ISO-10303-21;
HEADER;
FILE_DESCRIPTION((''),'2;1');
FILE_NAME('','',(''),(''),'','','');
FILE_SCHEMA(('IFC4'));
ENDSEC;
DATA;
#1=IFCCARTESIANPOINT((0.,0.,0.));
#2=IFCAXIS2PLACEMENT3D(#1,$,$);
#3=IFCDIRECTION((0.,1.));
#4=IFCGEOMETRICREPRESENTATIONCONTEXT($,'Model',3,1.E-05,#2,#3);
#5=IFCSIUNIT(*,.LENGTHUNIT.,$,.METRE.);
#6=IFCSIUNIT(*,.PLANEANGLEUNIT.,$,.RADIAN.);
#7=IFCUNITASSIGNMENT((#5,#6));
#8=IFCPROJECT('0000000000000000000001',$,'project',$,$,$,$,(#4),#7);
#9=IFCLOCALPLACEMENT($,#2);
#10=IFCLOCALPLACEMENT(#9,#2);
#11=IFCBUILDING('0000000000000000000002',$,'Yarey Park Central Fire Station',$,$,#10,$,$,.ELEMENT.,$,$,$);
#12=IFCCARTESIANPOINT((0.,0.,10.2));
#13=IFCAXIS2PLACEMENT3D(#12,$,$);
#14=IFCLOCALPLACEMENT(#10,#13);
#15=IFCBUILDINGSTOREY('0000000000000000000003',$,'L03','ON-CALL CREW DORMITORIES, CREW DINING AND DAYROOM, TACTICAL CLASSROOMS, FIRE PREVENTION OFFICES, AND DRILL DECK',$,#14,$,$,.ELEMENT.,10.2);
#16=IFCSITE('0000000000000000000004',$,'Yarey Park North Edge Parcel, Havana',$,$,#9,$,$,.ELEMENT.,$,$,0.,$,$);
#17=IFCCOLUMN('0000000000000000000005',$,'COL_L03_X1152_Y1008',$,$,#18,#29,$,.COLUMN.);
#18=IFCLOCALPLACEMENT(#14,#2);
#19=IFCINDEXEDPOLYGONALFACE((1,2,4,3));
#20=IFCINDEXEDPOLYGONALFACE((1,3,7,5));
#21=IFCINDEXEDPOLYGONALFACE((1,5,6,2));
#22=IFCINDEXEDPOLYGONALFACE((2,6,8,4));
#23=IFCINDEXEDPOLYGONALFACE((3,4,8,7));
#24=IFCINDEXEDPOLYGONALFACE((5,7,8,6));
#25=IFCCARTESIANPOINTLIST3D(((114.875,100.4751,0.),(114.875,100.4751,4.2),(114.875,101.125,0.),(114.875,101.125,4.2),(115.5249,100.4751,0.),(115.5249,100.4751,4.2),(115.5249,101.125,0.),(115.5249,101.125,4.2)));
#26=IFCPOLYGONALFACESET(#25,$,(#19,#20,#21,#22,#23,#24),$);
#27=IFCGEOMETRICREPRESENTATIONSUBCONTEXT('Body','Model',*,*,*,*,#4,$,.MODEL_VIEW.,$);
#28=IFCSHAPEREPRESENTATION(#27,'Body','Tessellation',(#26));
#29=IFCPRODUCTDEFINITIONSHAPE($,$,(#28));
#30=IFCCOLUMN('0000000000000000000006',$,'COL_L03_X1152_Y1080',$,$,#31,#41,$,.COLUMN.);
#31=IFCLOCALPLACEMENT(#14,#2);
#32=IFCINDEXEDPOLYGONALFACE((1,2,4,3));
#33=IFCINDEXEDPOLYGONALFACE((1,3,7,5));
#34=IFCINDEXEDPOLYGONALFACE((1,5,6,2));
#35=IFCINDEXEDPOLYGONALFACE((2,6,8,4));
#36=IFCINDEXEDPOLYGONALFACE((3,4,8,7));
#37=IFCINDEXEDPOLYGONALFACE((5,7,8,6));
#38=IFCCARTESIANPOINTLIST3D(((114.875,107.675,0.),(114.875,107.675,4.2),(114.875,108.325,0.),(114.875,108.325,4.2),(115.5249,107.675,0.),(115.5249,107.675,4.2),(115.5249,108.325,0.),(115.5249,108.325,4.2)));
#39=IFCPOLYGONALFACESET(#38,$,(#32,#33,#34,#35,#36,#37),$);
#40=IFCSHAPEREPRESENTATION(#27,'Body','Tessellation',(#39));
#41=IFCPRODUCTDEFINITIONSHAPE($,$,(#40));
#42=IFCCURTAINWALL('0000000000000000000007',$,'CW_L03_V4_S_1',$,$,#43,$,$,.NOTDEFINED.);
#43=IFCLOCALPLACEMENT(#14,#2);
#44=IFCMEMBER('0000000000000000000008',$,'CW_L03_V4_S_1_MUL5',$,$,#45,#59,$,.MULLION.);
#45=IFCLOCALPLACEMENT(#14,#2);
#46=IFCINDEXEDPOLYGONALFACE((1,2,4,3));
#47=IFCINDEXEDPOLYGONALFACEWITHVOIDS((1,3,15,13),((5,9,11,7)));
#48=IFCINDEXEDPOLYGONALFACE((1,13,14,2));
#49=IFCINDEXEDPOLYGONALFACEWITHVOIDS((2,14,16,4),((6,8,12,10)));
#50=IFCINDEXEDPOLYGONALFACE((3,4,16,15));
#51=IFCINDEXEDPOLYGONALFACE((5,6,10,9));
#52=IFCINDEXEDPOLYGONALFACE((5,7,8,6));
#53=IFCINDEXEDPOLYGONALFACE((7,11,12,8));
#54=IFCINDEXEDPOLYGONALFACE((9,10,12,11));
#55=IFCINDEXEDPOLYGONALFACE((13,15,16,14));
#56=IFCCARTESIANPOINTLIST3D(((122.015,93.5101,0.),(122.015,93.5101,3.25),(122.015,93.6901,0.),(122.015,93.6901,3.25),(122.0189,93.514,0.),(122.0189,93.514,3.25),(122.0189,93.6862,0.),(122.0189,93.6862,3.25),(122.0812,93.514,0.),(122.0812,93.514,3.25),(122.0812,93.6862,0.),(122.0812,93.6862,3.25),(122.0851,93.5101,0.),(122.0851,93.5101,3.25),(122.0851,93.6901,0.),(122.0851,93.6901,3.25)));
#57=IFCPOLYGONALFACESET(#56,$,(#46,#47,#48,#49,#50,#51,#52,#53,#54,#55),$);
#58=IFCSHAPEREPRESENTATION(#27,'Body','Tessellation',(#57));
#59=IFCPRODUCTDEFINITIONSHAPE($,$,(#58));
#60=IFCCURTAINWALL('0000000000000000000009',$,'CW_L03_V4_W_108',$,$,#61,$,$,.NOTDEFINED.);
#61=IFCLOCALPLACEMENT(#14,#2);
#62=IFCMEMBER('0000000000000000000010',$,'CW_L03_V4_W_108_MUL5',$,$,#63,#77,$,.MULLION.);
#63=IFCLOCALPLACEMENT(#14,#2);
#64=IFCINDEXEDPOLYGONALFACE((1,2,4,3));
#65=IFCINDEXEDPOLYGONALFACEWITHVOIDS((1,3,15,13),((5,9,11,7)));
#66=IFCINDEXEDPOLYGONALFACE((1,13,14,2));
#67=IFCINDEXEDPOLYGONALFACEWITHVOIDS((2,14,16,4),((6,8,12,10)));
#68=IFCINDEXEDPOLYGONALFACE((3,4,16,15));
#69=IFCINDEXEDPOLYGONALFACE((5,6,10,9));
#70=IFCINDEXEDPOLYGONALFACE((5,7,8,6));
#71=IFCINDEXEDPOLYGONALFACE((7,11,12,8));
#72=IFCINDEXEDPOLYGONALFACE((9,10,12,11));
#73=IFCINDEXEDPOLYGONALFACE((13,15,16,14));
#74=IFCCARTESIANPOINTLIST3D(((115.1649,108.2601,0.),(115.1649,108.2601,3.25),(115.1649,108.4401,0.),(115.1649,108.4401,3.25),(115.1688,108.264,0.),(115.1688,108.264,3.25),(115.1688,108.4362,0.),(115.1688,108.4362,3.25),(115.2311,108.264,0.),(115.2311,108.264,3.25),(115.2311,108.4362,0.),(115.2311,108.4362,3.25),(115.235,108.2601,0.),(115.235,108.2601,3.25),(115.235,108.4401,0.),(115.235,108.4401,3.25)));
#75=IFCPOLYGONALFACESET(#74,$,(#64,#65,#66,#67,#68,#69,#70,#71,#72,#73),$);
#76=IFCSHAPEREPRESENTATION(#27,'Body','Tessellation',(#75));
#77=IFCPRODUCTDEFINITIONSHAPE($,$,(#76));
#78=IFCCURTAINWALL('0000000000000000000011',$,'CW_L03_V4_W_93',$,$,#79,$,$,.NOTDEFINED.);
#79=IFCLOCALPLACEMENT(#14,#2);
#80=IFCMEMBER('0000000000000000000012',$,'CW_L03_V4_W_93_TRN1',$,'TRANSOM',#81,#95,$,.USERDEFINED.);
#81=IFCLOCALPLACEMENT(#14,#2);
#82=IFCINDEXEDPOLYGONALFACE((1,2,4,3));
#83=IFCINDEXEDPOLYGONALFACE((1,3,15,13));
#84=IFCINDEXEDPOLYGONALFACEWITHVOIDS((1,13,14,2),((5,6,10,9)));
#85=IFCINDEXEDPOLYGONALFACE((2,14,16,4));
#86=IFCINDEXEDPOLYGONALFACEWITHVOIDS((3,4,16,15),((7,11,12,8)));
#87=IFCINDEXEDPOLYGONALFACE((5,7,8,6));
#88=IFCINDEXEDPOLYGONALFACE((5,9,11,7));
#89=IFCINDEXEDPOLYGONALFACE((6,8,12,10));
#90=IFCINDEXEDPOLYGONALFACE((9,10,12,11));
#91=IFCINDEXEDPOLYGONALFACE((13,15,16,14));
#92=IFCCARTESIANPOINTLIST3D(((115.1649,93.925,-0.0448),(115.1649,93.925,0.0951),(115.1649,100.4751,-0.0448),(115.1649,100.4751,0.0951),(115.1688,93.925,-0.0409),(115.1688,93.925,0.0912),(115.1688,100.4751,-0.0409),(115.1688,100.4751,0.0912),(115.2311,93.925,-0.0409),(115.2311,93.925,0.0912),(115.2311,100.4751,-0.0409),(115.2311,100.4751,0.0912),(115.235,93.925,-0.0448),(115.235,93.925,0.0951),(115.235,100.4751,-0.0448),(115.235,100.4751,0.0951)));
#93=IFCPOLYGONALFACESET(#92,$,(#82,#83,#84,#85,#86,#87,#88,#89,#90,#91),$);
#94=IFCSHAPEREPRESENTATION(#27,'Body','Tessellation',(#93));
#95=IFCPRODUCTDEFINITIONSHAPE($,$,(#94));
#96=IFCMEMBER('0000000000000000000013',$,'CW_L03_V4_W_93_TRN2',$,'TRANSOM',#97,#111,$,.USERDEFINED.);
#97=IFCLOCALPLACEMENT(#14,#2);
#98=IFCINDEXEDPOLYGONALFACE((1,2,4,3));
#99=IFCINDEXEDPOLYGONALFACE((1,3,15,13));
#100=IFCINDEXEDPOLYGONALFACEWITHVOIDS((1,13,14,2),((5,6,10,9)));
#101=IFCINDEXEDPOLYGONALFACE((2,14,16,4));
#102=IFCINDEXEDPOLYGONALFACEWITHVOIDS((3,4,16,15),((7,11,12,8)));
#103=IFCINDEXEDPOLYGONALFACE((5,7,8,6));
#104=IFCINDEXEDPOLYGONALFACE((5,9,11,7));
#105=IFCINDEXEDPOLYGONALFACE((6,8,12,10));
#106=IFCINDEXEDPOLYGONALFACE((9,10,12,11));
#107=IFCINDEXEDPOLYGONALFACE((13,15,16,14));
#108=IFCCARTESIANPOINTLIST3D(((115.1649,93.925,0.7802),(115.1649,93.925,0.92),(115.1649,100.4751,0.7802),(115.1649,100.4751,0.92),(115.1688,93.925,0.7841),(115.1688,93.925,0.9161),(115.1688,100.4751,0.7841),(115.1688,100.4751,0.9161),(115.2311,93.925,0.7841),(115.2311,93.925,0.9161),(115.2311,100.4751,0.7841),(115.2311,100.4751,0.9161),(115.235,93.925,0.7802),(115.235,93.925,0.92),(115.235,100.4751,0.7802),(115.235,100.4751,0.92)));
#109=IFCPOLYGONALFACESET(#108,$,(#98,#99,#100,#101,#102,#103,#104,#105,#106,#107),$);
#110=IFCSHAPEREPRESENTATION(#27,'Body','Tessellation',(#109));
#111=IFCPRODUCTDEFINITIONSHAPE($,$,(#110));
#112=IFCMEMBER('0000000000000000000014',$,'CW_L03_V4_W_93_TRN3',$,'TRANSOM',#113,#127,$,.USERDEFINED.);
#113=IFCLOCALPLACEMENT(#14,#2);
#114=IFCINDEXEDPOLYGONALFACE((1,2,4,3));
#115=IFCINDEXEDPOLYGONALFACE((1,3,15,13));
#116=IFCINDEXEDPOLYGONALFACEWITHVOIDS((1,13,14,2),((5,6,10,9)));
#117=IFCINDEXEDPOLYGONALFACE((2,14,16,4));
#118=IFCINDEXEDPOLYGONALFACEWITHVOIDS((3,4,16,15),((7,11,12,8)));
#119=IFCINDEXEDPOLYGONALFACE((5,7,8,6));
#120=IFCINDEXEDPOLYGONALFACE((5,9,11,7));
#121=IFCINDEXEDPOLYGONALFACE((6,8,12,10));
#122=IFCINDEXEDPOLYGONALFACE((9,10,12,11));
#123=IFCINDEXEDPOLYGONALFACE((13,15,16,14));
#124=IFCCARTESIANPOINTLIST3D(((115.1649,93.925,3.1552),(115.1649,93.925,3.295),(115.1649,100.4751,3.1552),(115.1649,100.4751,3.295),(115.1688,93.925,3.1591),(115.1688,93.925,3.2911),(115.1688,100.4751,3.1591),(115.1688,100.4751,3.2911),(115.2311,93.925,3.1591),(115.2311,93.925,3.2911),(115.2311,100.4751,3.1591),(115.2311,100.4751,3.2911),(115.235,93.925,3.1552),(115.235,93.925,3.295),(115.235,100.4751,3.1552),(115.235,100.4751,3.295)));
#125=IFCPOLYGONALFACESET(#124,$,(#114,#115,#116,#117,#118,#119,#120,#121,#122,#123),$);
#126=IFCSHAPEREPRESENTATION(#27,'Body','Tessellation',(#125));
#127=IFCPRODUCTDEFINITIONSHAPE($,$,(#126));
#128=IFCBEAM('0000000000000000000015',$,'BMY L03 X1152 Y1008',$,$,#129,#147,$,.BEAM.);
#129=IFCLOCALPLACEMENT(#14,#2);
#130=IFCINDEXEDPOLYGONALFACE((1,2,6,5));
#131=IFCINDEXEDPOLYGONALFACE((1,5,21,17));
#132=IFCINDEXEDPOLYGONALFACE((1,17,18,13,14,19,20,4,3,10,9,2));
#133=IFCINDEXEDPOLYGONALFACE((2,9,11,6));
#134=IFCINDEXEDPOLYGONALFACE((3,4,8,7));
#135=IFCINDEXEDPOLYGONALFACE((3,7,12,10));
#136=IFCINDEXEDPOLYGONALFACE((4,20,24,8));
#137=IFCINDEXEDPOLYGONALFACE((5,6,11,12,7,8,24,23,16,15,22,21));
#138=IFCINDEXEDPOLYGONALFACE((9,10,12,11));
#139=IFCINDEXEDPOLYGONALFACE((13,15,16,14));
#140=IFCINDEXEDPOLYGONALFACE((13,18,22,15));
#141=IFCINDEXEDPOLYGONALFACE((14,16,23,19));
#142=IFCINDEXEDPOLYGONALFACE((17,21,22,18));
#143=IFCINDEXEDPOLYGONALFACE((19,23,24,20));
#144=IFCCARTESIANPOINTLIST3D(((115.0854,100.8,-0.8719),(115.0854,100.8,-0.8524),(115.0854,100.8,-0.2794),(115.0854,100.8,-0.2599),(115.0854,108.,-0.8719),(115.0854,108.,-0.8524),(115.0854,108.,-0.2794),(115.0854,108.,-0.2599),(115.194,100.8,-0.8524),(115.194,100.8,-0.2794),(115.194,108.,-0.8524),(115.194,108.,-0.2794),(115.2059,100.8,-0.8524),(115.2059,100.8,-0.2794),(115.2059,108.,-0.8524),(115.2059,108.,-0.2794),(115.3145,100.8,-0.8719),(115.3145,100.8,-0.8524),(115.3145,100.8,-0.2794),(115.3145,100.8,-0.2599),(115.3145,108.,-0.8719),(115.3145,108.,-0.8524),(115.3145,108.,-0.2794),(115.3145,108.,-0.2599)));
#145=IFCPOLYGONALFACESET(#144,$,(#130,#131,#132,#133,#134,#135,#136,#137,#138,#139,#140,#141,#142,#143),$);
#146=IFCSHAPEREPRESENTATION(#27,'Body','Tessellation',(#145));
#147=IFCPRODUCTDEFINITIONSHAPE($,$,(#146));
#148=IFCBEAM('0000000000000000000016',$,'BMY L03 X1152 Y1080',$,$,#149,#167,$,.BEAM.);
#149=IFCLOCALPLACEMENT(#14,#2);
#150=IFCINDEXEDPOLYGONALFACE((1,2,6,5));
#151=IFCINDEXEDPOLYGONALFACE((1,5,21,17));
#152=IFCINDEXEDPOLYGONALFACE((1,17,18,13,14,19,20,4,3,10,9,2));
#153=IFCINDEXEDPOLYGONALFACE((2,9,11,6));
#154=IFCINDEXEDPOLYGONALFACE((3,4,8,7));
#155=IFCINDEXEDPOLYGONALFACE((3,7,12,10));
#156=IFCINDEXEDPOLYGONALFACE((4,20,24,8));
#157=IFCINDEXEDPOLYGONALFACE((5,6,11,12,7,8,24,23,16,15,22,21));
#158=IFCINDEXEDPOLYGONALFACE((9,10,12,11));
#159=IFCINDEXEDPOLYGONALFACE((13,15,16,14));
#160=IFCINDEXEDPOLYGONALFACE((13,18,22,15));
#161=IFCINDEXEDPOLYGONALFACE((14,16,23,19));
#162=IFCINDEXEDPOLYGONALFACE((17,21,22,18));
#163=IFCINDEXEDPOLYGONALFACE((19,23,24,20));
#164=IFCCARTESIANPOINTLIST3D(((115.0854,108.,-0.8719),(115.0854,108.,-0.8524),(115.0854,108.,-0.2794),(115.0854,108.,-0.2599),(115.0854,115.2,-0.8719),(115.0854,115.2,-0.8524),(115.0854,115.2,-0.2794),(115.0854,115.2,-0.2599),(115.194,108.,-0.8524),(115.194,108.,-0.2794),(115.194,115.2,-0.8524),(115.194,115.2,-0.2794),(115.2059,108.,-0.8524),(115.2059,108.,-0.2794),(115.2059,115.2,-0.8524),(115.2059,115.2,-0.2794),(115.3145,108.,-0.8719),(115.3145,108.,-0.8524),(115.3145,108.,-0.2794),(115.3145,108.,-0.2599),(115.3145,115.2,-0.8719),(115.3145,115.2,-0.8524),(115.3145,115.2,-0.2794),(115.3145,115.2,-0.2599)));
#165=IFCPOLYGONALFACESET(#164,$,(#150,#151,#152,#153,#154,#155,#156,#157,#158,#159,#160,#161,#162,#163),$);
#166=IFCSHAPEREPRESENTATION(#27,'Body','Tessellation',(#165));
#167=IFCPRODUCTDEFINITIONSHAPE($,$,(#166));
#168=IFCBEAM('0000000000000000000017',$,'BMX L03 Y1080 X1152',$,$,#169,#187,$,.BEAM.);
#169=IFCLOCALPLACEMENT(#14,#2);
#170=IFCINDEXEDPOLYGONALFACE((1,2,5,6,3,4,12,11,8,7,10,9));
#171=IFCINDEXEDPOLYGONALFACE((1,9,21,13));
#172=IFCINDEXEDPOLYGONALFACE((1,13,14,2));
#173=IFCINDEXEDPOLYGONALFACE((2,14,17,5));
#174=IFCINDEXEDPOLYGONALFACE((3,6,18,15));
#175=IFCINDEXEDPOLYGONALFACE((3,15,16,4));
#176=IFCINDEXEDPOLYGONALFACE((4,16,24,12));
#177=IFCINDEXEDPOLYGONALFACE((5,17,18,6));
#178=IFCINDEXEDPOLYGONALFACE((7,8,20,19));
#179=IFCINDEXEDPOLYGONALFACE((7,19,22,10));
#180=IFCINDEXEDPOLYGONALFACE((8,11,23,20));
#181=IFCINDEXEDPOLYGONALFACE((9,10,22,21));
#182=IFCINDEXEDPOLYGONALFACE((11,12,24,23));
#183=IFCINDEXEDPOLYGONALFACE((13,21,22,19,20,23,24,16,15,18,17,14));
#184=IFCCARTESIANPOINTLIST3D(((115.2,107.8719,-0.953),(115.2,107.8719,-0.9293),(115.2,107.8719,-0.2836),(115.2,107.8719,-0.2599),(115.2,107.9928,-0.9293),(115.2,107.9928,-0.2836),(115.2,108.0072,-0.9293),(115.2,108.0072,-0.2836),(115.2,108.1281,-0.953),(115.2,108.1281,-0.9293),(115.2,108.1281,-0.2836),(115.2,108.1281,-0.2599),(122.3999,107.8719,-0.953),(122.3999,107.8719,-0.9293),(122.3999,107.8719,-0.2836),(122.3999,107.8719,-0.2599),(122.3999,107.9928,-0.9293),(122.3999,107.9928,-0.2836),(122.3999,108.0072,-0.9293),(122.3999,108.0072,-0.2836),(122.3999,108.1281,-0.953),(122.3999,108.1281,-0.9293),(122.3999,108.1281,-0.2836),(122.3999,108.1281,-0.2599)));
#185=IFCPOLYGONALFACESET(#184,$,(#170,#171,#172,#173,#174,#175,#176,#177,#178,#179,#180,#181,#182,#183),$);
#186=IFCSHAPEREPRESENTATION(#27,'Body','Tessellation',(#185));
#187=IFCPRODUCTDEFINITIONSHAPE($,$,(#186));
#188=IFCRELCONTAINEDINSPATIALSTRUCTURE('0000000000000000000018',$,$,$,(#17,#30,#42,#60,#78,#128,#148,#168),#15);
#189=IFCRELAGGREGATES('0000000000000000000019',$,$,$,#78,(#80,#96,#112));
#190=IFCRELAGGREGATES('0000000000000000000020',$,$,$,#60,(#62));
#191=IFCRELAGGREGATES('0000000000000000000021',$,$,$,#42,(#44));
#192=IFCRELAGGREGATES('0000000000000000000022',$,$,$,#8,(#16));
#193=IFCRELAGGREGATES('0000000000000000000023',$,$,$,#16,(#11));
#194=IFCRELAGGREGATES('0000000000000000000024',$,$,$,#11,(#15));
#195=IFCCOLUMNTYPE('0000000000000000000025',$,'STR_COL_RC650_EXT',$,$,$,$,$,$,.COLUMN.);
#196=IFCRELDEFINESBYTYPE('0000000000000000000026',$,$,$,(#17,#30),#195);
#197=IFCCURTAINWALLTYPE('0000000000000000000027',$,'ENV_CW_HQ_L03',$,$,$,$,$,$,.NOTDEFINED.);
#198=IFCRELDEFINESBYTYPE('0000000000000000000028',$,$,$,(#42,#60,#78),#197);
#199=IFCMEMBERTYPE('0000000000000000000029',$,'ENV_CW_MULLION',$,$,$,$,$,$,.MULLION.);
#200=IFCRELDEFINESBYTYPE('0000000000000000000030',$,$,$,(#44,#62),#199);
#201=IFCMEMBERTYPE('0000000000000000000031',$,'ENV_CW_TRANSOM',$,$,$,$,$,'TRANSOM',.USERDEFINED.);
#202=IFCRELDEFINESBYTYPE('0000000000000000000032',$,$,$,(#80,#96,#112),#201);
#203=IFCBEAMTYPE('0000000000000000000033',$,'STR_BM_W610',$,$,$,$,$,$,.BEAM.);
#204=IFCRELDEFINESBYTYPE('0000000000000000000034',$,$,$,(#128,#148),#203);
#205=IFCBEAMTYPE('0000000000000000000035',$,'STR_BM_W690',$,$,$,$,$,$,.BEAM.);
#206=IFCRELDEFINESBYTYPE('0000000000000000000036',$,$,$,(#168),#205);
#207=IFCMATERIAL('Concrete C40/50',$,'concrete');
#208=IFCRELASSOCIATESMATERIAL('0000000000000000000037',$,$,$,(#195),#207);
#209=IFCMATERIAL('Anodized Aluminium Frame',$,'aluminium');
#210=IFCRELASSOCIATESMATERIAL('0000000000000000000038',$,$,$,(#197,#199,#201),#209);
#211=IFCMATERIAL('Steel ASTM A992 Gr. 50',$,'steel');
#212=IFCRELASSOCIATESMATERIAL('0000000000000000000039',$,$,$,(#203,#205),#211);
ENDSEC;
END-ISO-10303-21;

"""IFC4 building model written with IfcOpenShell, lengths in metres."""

from ifc_helpers import new_model, si_unit, direction, frame, origin, origin_2d, place, context, subcontext, project, spatial, rectangle, hollow_rectangle, i_section, extrude, material, material_profile, profile_set, type_object, element, aggregate, save


model = new_model("IFC4")

# Units and contexts
model_context = context("Model", 3, precision=1e-05, world=origin(), true_north=direction((0.0, 1.0)))
body_context = subcontext(model_context, "Body", "Model", "MODEL_VIEW")
ifc_project = project(units=[si_unit("LENGTHUNIT", "METRE"), si_unit("PLANEANGLEUNIT", "RADIAN")], contexts=[model_context])

# Site, building, storey
site_placement = place(None, origin())
site = spatial("IfcSite", under=ifc_project, at=site_placement, Name="Yarey Park North Edge Parcel, Havana", CompositionType="ELEMENT", RefElevation=0.0)
building_placement = place(site_placement, origin())
building = spatial("IfcBuilding", under=site, at=building_placement, Name="Yarey Park Central Fire Station", CompositionType="ELEMENT")
storey_placement = place(building_placement, frame((0.0, 0.0, 10.2)))
storey = spatial("IfcBuildingStorey", under=building, at=storey_placement, Name="L03", Description="ON-CALL CREW DORMITORIES, CREW DINING AND DAYROOM, TACTICAL CLASSROOMS, FIRE PREVENTION OFFICES, AND DRILL DECK", CompositionType="ELEMENT", Elevation=10.2)

# Columns
ifc_material_1 = material(Name="Concrete C40/50", Category="concrete")
ifc_material_profile_1 = material_profile(ifc_material_1, rectangle(XDim=0.6499, YDim=0.6499, at=origin_2d()), Name="RC 650x650")
ifc_profile_set_1 = profile_set([ifc_material_profile_1], Name="Concrete C40/50")
column_type = type_object("IfcColumnType", Name="STR_COL_RC650_EXT", PredefinedType="COLUMN", material=ifc_profile_set_1)
for number, where, z_axis, x_axis, name in (
    (1, (115.2, 100.8, 0.0), (0.0, 0.0, 1.0), (1.0, 0.0, 0.0), "COL_L03_X1152_Y1008"),
    (2, (115.2, 108.0, 0.0), (0.0, 0.0, 1.0), (1.0, 0.0, 0.0), "COL_L03_X1152_Y1080"),
):
    element("IfcColumn", number, at=place(storey_placement, frame(where, z_axis=z_axis, x_axis=x_axis)), inside=storey, type_object=column_type, Name=name, PredefinedType="COLUMN", context=body_context, shape_type="SweptSolid", body=[
        extrude(rectangle(XDim=0.6499, YDim=0.6499, at=origin_2d()), origin(), (0.0, 0.0, 1.0), 4.2),
    ])

# Curtain walls, members
ifc_material_2 = material(Name="Anodized Aluminium Frame", Category="aluminium")
curtain_wall_type = type_object("IfcCurtainWallType", Name="ENV_CW_HQ_L03", PredefinedType="NOTDEFINED", material=ifc_material_2)
curtain_wall_1_placement = place(storey_placement, origin())
curtain_wall_1 = element("IfcCurtainWall", 3, at=curtain_wall_1_placement, inside=storey, type_object=curtain_wall_type, Name="CW_L03_V4_S_1", PredefinedType="NOTDEFINED")
ifc_material_profile_2 = material_profile(ifc_material_2, hollow_rectangle(XDim=0.0701, YDim=0.1799, WallThickness=0.0039, at=origin_2d()), Name="ALU 180x70x4")
ifc_profile_set_2 = profile_set([ifc_material_profile_2], Name="Anodized Aluminium Frame")
member_type_1 = type_object("IfcMemberType", Name="ENV_CW_MULLION", PredefinedType="MULLION", material=ifc_profile_set_2)
member_1_placement = place(storey_placement, frame((122.05, 93.6001, 0.0), z_axis=(0.0, 0.0, 1.0), x_axis=(1.0, 0.0, 0.0)))
member_1 = element("IfcMember", 4, at=member_1_placement, type_object=member_type_1, Name="CW_L03_V4_S_1_MUL5", PredefinedType="MULLION", context=body_context, shape_type="SweptSolid", body=[
    extrude(hollow_rectangle(XDim=0.0701, YDim=0.1799, WallThickness=0.0039, at=origin_2d()), origin(), (0.0, 0.0, 1.0), 3.25),
])
curtain_wall_2_placement = place(storey_placement, origin())
curtain_wall_2 = element("IfcCurtainWall", 5, at=curtain_wall_2_placement, inside=storey, type_object=curtain_wall_type, Name="CW_L03_V4_W_108", PredefinedType="NOTDEFINED")
member_2_placement = place(storey_placement, frame((115.2, 108.3501, 0.0), z_axis=(0.0, 0.0, 1.0), x_axis=(1.0, 0.0, 0.0)))
member_2 = element("IfcMember", 6, at=member_2_placement, type_object=member_type_1, Name="CW_L03_V4_W_108_MUL5", PredefinedType="MULLION", context=body_context, shape_type="SweptSolid", body=[
    extrude(hollow_rectangle(XDim=0.0701, YDim=0.1799, WallThickness=0.0039, at=origin_2d()), origin(), (0.0, 0.0, 1.0), 3.25),
])

# Curtain wall, members
curtain_wall_3_placement = place(storey_placement, origin())
curtain_wall_3 = element("IfcCurtainWall", 7, at=curtain_wall_3_placement, inside=storey, type_object=curtain_wall_type, Name="CW_L03_V4_W_93", PredefinedType="NOTDEFINED")
ifc_material_profile_3 = material_profile(ifc_material_2, hollow_rectangle(XDim=0.0701, YDim=0.1399, WallThickness=0.0039, at=origin_2d()), Name="ALU 140x70x4")
ifc_profile_set_3 = profile_set([ifc_material_profile_3], Name="Anodized Aluminium Frame")
member_type_2 = type_object("IfcMemberType", Name="ENV_CW_TRANSOM", ElementType="TRANSOM", PredefinedType="USERDEFINED", material=ifc_profile_set_3)
member_3_placement = place(storey_placement, frame((115.2, 100.4751, 0.0251), z_axis=(0.0, -1.0, 0.0), x_axis=(1.0, 0.0, 0.0)))
member_3 = element("IfcMember", 8, at=member_3_placement, type_object=member_type_2, Name="CW_L03_V4_W_93_TRN1", ObjectType="TRANSOM", PredefinedType="USERDEFINED", context=body_context, shape_type="SweptSolid", body=[
    extrude(hollow_rectangle(XDim=0.0701, YDim=0.1399, WallThickness=0.0039, at=origin_2d()), origin(), (0.0, 0.0, 1.0), 6.55),
])
member_4_placement = place(storey_placement, frame((115.2, 100.4751, 0.8501), z_axis=(0.0, -1.0, 0.0), x_axis=(1.0, 0.0, 0.0)))
member_4 = element("IfcMember", 9, at=member_4_placement, type_object=member_type_2, Name="CW_L03_V4_W_93_TRN2", ObjectType="TRANSOM", PredefinedType="USERDEFINED", context=body_context, shape_type="SweptSolid", body=[
    extrude(hollow_rectangle(XDim=0.0701, YDim=0.1399, WallThickness=0.0039, at=origin_2d()), origin(), (0.0, 0.0, 1.0), 6.55),
])
member_5_placement = place(storey_placement, frame((115.2, 100.4751, 3.2251), z_axis=(0.0, -1.0, 0.0), x_axis=(1.0, 0.0, 0.0)))
member_5 = element("IfcMember", 10, at=member_5_placement, type_object=member_type_2, Name="CW_L03_V4_W_93_TRN3", ObjectType="TRANSOM", PredefinedType="USERDEFINED", context=body_context, shape_type="SweptSolid", body=[
    extrude(hollow_rectangle(XDim=0.0701, YDim=0.1399, WallThickness=0.0039, at=origin_2d()), origin(), (0.0, 0.0, 1.0), 6.55),
])
aggregate(curtain_wall_3, [member_3, member_4, member_5])

# Beams
ifc_material_3 = material(Name="Steel ASTM A992 Gr. 50", Category="steel")
ifc_material_profile_4 = material_profile(ifc_material_3, i_section(OverallWidth=0.229, OverallDepth=0.6121, WebThickness=0.012, FlangeThickness=0.0195, at=origin_2d()), Name="W610x125")
ifc_profile_set_4 = profile_set([ifc_material_profile_4], Name="Steel ASTM A992 Gr. 50")
beam_type_1 = type_object("IfcBeamType", Name="STR_BM_W610", PredefinedType="BEAM", material=ifc_profile_set_4)
for number, where, z_axis, x_axis, name in (
    (11, (115.2, 100.8, -0.5659), (0.0, 1.0, 0.0), (-1.0, 0.0, 0.0), "BMY L03 X1152 Y1008"),
    (12, (115.2, 108.0, -0.5659), (0.0, 1.0, 0.0), (-1.0, 0.0, 0.0), "BMY L03 X1152 Y1080"),
):
    element("IfcBeam", number, at=place(storey_placement, frame(where, z_axis=z_axis, x_axis=x_axis)), inside=storey, type_object=beam_type_1, Name=name, PredefinedType="BEAM", context=body_context, shape_type="SweptSolid", body=[
        extrude(i_section(OverallWidth=0.229, OverallDepth=0.6121, WebThickness=0.012, FlangeThickness=0.0195, at=origin_2d()), origin(), (0.0, 0.0, 1.0), 7.2),
    ])
ifc_material_profile_5 = material_profile(ifc_material_3, i_section(OverallWidth=0.2561, OverallDepth=0.6931, WebThickness=0.0144, FlangeThickness=0.0237, at=origin_2d()), Name="W690x170")
ifc_profile_set_5 = profile_set([ifc_material_profile_5], Name="Steel ASTM A992 Gr. 50")
beam_type_2 = type_object("IfcBeamType", Name="STR_BM_W690", PredefinedType="BEAM", material=ifc_profile_set_5)
beam_1_placement = place(storey_placement, frame((115.2, 108.0, -0.6064), z_axis=(1.0, 0.0, 0.0), x_axis=(0.0, 1.0, 0.0)))
element("IfcBeam", 13, at=beam_1_placement, inside=storey, type_object=beam_type_2, Name="BMX L03 Y1080 X1152", PredefinedType="BEAM", context=body_context, shape_type="SweptSolid", body=[
    extrude(i_section(OverallWidth=0.2561, OverallDepth=0.6931, WebThickness=0.0144, FlangeThickness=0.0237, at=origin_2d()), origin(), (0.0, 0.0, 1.0), 7.2),
])

aggregate(curtain_wall_2, [member_2])
aggregate(curtain_wall_1, [member_1])

save(model, "model.ifc")
